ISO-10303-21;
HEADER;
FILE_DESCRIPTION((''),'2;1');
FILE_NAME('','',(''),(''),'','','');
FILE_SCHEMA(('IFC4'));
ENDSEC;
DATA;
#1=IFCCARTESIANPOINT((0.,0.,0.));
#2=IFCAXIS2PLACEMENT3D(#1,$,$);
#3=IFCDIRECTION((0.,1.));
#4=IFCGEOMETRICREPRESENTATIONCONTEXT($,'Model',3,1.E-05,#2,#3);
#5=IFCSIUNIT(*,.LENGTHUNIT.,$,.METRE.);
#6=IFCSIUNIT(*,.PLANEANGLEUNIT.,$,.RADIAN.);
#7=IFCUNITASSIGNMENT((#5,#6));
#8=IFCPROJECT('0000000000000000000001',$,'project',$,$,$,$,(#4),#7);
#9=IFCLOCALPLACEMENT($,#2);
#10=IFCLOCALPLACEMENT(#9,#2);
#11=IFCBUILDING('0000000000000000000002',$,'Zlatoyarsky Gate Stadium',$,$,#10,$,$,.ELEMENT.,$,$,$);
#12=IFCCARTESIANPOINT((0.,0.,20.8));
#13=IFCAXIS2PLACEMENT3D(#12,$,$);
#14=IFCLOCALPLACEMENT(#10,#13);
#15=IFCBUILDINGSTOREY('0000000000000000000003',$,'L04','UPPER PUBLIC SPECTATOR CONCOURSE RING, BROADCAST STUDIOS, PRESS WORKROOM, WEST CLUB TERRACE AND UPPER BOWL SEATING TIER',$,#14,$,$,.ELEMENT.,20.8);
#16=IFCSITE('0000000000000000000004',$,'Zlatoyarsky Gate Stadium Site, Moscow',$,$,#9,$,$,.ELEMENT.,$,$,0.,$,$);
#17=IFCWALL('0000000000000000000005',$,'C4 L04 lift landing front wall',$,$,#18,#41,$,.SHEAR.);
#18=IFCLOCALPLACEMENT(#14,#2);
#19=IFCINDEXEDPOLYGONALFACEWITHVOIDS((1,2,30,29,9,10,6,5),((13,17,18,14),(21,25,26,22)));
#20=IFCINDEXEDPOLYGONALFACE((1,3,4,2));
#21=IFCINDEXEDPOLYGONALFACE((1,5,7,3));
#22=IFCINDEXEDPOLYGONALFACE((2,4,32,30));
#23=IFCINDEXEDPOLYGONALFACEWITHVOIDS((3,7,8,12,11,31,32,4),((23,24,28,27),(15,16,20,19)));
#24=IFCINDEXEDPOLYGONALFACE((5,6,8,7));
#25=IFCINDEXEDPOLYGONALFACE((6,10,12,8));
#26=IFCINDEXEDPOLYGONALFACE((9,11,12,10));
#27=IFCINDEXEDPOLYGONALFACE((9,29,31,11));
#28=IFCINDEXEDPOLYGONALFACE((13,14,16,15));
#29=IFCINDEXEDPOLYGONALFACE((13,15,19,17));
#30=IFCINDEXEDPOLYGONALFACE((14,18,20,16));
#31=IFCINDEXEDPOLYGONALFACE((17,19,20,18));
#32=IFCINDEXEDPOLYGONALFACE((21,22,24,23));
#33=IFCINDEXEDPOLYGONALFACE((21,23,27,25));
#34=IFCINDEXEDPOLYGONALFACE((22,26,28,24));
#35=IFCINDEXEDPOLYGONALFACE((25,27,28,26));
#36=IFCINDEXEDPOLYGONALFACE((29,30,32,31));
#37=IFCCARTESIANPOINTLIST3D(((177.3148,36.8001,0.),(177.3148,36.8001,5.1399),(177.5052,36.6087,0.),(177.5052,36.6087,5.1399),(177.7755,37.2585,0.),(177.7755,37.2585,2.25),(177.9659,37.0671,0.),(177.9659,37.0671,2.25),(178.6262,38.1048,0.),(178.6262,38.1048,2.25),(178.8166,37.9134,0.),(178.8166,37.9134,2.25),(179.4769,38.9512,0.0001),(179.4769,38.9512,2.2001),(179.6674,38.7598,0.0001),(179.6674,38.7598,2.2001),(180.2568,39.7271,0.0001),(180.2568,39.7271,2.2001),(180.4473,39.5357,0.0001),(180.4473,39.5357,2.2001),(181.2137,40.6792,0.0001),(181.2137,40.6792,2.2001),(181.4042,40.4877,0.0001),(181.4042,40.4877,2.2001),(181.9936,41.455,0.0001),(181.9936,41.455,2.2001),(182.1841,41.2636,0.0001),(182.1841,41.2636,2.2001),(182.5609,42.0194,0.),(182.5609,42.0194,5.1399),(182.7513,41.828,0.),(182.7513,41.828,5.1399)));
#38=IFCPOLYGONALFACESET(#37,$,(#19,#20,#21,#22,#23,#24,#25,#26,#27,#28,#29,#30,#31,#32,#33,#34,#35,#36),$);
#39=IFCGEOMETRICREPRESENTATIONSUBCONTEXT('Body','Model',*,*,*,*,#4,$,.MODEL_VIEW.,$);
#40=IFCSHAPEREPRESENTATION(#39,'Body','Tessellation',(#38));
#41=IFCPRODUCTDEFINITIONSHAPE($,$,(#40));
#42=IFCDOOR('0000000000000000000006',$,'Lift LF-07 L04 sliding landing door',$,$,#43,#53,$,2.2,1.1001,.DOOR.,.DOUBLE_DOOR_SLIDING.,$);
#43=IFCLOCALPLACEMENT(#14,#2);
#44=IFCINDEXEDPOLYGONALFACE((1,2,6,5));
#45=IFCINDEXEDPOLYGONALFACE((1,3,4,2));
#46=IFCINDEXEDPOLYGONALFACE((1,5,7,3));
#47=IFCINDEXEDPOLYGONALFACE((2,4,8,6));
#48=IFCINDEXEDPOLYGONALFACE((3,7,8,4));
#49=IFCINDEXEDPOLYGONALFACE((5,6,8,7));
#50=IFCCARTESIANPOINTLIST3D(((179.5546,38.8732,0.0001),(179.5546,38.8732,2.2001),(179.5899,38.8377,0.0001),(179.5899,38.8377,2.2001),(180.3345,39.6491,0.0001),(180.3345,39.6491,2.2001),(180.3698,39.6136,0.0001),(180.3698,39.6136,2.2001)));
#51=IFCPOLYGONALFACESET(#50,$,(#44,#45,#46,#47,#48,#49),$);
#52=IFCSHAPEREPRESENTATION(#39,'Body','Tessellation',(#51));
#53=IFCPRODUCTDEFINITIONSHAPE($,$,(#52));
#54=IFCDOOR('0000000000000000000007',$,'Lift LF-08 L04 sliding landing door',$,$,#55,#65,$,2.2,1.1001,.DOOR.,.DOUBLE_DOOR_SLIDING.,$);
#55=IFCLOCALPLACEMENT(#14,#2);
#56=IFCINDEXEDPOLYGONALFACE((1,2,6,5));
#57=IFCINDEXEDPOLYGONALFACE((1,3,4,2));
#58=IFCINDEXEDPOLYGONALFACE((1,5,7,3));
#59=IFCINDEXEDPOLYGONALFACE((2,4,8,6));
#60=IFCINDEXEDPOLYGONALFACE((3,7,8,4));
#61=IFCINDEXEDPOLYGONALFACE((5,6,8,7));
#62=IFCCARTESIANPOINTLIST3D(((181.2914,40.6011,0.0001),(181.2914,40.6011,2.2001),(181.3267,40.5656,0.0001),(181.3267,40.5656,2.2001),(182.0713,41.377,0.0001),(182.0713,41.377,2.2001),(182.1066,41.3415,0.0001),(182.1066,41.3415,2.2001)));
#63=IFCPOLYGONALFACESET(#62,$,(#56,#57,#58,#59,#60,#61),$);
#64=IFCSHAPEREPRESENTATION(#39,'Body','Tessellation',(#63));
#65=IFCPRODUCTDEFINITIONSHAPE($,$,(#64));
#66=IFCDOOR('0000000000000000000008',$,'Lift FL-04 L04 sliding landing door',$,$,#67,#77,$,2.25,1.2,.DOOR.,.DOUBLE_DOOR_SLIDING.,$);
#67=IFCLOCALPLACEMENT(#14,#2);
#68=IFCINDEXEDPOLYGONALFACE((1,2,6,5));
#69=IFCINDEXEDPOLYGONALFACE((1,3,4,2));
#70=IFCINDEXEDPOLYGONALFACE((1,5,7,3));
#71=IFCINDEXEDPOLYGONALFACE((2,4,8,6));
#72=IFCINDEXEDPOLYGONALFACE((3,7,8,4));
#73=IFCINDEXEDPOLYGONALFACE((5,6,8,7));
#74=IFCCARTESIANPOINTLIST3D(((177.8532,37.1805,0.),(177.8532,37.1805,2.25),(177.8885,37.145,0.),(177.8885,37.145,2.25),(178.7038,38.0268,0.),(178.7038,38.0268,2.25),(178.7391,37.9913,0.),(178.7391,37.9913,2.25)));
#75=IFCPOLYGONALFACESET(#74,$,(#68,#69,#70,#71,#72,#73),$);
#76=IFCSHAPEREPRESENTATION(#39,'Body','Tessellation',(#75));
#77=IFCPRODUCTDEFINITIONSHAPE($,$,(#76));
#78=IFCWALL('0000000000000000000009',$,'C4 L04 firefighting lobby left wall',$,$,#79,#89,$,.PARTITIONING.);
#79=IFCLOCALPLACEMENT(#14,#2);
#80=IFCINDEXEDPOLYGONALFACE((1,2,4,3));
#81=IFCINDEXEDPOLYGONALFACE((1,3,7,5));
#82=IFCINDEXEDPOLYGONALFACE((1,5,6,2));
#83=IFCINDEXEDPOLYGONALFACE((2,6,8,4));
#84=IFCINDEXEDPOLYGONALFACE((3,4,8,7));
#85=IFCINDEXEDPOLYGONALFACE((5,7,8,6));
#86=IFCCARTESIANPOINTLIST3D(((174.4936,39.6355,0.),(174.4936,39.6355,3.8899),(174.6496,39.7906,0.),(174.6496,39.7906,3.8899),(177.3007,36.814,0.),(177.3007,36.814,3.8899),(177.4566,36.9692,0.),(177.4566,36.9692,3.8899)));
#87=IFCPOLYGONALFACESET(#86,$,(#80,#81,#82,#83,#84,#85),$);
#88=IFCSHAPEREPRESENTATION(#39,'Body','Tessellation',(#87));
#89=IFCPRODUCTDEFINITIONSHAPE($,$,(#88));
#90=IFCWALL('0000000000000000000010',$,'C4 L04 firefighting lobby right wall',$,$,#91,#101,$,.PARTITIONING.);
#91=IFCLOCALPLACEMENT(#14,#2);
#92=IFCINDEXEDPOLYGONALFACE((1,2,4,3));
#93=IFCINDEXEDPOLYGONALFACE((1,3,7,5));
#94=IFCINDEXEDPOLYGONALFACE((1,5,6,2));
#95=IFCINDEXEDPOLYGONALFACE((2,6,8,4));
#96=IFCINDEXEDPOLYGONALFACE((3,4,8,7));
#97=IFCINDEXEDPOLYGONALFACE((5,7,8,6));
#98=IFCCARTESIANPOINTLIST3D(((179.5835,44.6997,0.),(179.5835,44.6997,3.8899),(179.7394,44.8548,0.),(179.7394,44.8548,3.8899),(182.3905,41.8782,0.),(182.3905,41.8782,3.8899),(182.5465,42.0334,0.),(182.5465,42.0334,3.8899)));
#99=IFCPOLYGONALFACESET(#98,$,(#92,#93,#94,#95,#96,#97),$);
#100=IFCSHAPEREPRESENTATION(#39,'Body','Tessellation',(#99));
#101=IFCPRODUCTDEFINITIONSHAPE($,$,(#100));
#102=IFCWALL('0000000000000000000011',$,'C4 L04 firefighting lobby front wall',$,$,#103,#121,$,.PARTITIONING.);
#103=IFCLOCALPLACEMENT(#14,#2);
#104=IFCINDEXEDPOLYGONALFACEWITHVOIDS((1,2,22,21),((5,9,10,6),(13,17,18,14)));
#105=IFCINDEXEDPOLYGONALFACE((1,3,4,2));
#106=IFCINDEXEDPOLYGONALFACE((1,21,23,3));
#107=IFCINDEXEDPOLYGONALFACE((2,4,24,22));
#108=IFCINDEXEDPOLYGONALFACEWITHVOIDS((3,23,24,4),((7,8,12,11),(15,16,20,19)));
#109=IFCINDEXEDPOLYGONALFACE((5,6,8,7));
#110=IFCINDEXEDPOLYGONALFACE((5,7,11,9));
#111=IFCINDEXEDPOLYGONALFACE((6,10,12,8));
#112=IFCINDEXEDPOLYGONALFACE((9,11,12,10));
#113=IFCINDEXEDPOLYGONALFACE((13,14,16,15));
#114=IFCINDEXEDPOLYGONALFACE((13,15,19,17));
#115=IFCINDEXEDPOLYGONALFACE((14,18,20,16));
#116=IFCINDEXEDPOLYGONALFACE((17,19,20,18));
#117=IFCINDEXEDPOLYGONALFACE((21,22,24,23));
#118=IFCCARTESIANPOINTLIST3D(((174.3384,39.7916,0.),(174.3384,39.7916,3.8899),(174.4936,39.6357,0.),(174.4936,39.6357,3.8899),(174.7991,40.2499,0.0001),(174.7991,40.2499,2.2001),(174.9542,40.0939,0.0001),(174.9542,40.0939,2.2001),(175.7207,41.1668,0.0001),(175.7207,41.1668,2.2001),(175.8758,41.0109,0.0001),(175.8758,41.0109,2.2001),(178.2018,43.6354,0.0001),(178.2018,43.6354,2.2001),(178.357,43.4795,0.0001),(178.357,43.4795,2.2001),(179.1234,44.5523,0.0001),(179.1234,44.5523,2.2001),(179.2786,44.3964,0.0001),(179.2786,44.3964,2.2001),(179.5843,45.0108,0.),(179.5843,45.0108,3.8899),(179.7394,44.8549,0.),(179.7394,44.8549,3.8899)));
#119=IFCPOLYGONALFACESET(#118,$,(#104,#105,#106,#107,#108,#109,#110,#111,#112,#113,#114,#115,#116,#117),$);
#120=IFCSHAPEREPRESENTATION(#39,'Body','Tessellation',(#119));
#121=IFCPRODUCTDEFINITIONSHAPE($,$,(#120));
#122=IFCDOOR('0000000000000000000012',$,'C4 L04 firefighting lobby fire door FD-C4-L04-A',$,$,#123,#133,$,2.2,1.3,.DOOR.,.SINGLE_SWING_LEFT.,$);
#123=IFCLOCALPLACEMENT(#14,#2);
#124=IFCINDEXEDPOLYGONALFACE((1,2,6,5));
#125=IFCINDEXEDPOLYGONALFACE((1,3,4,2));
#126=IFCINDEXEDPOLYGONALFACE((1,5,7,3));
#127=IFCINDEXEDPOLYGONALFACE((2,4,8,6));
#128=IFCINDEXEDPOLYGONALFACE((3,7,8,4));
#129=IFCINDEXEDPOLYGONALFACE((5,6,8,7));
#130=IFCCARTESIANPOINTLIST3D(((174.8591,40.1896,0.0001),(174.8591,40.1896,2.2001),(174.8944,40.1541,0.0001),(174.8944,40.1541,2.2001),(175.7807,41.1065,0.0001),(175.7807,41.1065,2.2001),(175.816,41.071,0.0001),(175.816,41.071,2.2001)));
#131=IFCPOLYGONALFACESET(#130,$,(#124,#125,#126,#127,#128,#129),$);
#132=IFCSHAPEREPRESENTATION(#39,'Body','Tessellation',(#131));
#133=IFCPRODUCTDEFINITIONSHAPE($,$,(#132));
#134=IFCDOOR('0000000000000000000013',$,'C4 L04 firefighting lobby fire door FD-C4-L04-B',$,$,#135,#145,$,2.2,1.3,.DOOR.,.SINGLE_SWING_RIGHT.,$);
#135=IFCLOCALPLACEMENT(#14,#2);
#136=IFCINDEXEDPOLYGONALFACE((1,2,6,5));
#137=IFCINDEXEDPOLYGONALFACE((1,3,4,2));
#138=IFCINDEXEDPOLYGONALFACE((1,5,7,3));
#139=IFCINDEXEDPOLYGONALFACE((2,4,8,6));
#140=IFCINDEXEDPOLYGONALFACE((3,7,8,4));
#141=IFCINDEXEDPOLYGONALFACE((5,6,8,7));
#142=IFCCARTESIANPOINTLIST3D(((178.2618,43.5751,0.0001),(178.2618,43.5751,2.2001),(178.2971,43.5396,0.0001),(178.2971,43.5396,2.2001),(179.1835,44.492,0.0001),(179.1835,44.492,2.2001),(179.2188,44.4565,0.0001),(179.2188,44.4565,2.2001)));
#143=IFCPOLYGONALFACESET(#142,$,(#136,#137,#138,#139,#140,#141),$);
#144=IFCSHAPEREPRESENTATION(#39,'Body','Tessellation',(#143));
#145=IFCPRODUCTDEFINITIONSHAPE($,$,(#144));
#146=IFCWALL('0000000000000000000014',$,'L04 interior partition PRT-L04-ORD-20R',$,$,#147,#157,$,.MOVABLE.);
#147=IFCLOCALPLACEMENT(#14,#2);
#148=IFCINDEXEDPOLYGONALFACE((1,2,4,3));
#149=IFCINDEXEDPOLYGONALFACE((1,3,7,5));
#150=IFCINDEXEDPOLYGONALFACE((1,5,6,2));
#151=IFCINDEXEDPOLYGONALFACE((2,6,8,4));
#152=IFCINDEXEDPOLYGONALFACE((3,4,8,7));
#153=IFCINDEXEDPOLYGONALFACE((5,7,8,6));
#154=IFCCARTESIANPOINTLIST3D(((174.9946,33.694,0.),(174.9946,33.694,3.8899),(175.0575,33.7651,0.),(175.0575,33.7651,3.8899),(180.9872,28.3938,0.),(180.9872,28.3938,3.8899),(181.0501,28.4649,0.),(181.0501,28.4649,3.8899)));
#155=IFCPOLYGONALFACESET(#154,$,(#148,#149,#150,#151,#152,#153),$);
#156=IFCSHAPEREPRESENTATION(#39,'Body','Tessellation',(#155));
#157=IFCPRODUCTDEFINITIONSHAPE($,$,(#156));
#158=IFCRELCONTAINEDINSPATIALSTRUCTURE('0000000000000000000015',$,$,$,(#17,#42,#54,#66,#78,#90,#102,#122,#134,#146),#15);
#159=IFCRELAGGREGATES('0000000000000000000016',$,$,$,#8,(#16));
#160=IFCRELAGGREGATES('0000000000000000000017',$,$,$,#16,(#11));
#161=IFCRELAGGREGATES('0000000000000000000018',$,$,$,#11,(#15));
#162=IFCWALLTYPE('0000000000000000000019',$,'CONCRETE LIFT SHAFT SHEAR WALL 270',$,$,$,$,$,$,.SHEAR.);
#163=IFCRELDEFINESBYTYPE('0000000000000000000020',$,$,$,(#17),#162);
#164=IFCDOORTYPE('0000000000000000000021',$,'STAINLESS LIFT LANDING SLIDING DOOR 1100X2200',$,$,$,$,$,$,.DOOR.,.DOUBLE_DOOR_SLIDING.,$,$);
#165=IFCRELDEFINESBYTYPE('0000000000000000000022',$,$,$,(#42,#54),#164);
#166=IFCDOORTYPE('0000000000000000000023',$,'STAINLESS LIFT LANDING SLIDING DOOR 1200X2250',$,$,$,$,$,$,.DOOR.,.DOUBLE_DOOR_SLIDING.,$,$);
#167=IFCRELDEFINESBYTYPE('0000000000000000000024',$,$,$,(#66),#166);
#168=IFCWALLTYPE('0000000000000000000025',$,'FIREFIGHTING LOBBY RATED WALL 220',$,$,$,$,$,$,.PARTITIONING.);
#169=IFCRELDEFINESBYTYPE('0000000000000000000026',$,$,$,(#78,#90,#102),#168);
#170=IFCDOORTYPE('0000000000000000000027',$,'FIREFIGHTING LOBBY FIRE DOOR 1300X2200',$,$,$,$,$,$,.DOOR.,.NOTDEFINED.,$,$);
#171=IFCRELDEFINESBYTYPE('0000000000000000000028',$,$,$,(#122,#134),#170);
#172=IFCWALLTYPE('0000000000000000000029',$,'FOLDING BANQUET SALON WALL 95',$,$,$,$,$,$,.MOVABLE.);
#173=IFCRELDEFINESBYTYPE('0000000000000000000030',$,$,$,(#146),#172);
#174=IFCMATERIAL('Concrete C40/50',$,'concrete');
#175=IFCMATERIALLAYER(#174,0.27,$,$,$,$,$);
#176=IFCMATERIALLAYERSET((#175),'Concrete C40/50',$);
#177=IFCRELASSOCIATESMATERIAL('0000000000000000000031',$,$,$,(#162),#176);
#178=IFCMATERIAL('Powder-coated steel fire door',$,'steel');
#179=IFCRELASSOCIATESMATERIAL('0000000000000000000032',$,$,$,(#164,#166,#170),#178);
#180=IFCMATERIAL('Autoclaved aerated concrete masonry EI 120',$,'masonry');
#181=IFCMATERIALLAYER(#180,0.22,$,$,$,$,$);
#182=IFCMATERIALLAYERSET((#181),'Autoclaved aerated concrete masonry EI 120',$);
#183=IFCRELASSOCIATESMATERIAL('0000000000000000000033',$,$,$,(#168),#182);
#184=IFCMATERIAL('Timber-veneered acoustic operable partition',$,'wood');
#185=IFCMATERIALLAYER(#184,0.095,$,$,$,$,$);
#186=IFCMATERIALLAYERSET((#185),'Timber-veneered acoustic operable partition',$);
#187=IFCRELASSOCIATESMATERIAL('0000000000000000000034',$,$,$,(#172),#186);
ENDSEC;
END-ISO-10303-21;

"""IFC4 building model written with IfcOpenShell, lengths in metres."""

from ifc_helpers import new_model, si_unit, direction, frame, frame_2d, origin, place, context, subcontext, project, spatial, rectangle, extrude, material, layer, layer_set, type_object, element, fill, save


model = new_model("IFC4")

# Units and contexts
model_context = context("Model", 3, precision=1e-05, world=origin(), true_north=direction((0.0, 1.0)))
body_context = subcontext(model_context, "Body", "Model", "MODEL_VIEW")
ifc_project = project(units=[si_unit("LENGTHUNIT", "METRE"), si_unit("PLANEANGLEUNIT", "RADIAN")], contexts=[model_context])

# Site, building, storey
site_placement = place(None, origin())
site = spatial("IfcSite", under=ifc_project, at=site_placement, Name="Zlatoyarsky Gate Stadium Site, Moscow", CompositionType="ELEMENT", RefElevation=0.0)
building_placement = place(site_placement, origin())
building = spatial("IfcBuilding", under=site, at=building_placement, Name="Zlatoyarsky Gate Stadium", CompositionType="ELEMENT")
storey_placement = place(building_placement, frame((0.0, 0.0, 20.8)))
storey = spatial("IfcBuildingStorey", under=building, at=storey_placement, Name="L04", Description="UPPER PUBLIC SPECTATOR CONCOURSE RING, BROADCAST STUDIOS, PRESS WORKROOM, WEST CLUB TERRACE AND UPPER BOWL SEATING TIER", CompositionType="ELEMENT", Elevation=20.8)

# Shared definitions
ifc_material_1 = material(Name="Powder-coated steel fire door", Category="steel")

# Shared definitions
ifc_material_2 = material(Name="Concrete C40/50", Category="concrete")
ifc_layer_1 = layer(ifc_material_2, 0.27)
ifc_layer_set_1 = layer_set([ifc_layer_1], Name="Concrete C40/50")
wall_type_1 = type_object("IfcWallType", Name="CONCRETE LIFT SHAFT SHEAR WALL 270", PredefinedType="SHEAR", material=ifc_layer_set_1)

# Wall, openings, doors
wall_1_placement = place(storey_placement, frame((177.4099, 36.7043, 0.0), z_axis=(0.0, 0.0, 1.0), x_axis=(0.708919, 0.70529, 0.0)))
wall_1 = element("IfcWall", 1, at=wall_1_placement, inside=storey, type_object=wall_type_1, Name="C4 L04 lift landing front wall", PredefinedType="SHEAR", context=body_context, shape_type="SweptSolid", body=[
    extrude(rectangle(XDim=7.4001, YDim=0.27, at=frame_2d((3.7002, 0.0))), origin(), (0.0, 0.0, 1.0), 5.1399),
])
opening_1_placement = place(wall_1_placement, frame((0.6499, 0.0, 0.0)))
opening_1 = element("IfcOpeningElement", 2, at=opening_1_placement, cuts=wall_1, PredefinedType="OPENING", context=body_context, shape_type="SweptSolid", body=[
    extrude(rectangle(XDim=1.2, YDim=2.25, at=frame_2d((0.6001, 1.125))), frame((0.0, 0.145, 0.0), z_axis=(0.0, -1.0, 0.0), x_axis=(1.0, 0.0, 0.0)), (0.0, 0.0, 1.0), 0.29),
])
opening_2_placement = place(wall_1_placement, frame((3.05, 0.0, 0.0)))
opening_2 = element("IfcOpeningElement", 3, at=opening_2_placement, cuts=wall_1, PredefinedType="OPENING", context=body_context, shape_type="SweptSolid", body=[
    extrude(rectangle(XDim=1.1001, YDim=2.2, at=frame_2d((0.55, 1.1001))), frame((0.0, 0.145, 0.0), z_axis=(0.0, -1.0, 0.0), x_axis=(1.0, 0.0, 0.0)), (0.0, 0.0, 1.0), 0.29),
])
opening_3_placement = place(wall_1_placement, frame((5.5, 0.0, 0.0)))
opening_3 = element("IfcOpeningElement", 4, at=opening_3_placement, cuts=wall_1, PredefinedType="OPENING", context=body_context, shape_type="SweptSolid", body=[
    extrude(rectangle(XDim=1.1001, YDim=2.2, at=frame_2d((0.55, 1.1001))), frame((0.0, 0.145, 0.0), z_axis=(0.0, -1.0, 0.0), x_axis=(1.0, 0.0, 0.0)), (0.0, 0.0, 1.0), 0.29),
])
door_type_1 = type_object("IfcDoorType", Name="STAINLESS LIFT LANDING SLIDING DOOR 1100X2200", OperationType="DOUBLE_DOOR_SLIDING", PredefinedType="DOOR", material=ifc_material_1)
door_1_placement = place(opening_2_placement, origin())
door_1 = element("IfcDoor", 5, at=door_1_placement, inside=storey, type_object=door_type_1, Name="Lift LF-07 L04 sliding landing door", OperationType="DOUBLE_DOOR_SLIDING", OverallHeight=2.2, OverallWidth=1.1001, PredefinedType="DOOR", context=body_context, shape_type="SweptSolid", body=[
    extrude(rectangle(XDim=1.1001, YDim=2.2, at=frame_2d((0.55, 1.1001))), frame((0.0, 0.0249, 0.0), z_axis=(0.0, -1.0, 0.0), x_axis=(1.0, 0.0, 0.0)), (0.0, 0.0, 1.0), 0.05),
])
fill(opening_2, door_1)
door_2_placement = place(opening_3_placement, origin())
door_2 = element("IfcDoor", 6, at=door_2_placement, inside=storey, type_object=door_type_1, Name="Lift LF-08 L04 sliding landing door", OperationType="DOUBLE_DOOR_SLIDING", OverallHeight=2.2, OverallWidth=1.1001, PredefinedType="DOOR", context=body_context, shape_type="SweptSolid", body=[
    extrude(rectangle(XDim=1.1001, YDim=2.2, at=frame_2d((0.55, 1.1001))), frame((0.0, 0.0249, 0.0), z_axis=(0.0, -1.0, 0.0), x_axis=(1.0, 0.0, 0.0)), (0.0, 0.0, 1.0), 0.05),
])
fill(opening_3, door_2)
door_type_2 = type_object("IfcDoorType", Name="STAINLESS LIFT LANDING SLIDING DOOR 1200X2250", OperationType="DOUBLE_DOOR_SLIDING", PredefinedType="DOOR", material=ifc_material_1)
door_3_placement = place(opening_1_placement, origin())
door_3 = element("IfcDoor", 7, at=door_3_placement, inside=storey, type_object=door_type_2, Name="Lift FL-04 L04 sliding landing door", OperationType="DOUBLE_DOOR_SLIDING", OverallHeight=2.25, OverallWidth=1.2, PredefinedType="DOOR", context=body_context, shape_type="SweptSolid", body=[
    extrude(rectangle(XDim=1.2, YDim=2.25, at=frame_2d((0.6001, 1.125))), frame((0.0, 0.0249, 0.0), z_axis=(0.0, -1.0, 0.0), x_axis=(1.0, 0.0, 0.0)), (0.0, 0.0, 1.0), 0.05),
])
fill(opening_1, door_3)

# Walls
ifc_material_3 = material(Name="Autoclaved aerated concrete masonry EI 120", Category="masonry")
ifc_layer_2 = layer(ifc_material_3, 0.22)
ifc_layer_set_2 = layer_set([ifc_layer_2], Name="Autoclaved aerated concrete masonry EI 120")
wall_type_2 = type_object("IfcWallType", Name="FIREFIGHTING LOBBY RATED WALL 220", PredefinedType="PARTITIONING", material=ifc_layer_set_2)
for number, where, z_axis, x_axis, name in (
    (8, (177.3787, 36.8916, 0.0), (0.0, 0.0, 1.0), (-0.705295, 0.708914, 0.0), "C4 L04 firefighting lobby left wall"),
    (9, (182.4685, 41.9558, 0.0), (0.0, 0.0, 1.0), (-0.705295, 0.708914, 0.0), "C4 L04 firefighting lobby right wall"),
):
    element("IfcWall", number, at=place(storey_placement, frame(where, z_axis=z_axis, x_axis=x_axis)), inside=storey, type_object=wall_type_2, Name=name, PredefinedType="PARTITIONING", context=body_context, shape_type="SweptSolid", body=[
        extrude(rectangle(XDim=3.98, YDim=0.22, at=frame_2d((1.99, 0.0))), origin(), (0.0, 0.0, 1.0), 3.8899),
    ])

# Wall, openings, doors
wall_2_placement = place(storey_placement, frame((174.416, 39.7136, 0.0), z_axis=(0.0, 0.0, 1.0), x_axis=(0.708903, 0.705306, 0.0)))
wall_2 = element("IfcWall", 10, at=wall_2_placement, inside=storey, type_object=wall_type_2, Name="C4 L04 firefighting lobby front wall", PredefinedType="PARTITIONING", context=body_context, shape_type="SweptSolid", body=[
    extrude(rectangle(XDim=7.3999, YDim=0.22, at=frame_2d((3.7, 0.0))), origin(), (0.0, 0.0, 1.0), 3.8899),
])
opening_4_placement = place(wall_2_placement, frame((0.6499, 0.0, 0.0)))
opening_4 = element("IfcOpeningElement", 11, at=opening_4_placement, cuts=wall_2, PredefinedType="OPENING", context=body_context, shape_type="SweptSolid", body=[
    extrude(rectangle(XDim=1.3, YDim=2.2, at=frame_2d((0.6499, 1.1001))), frame((0.0, 0.1199, 0.0), z_axis=(0.0, -1.0, 0.0), x_axis=(1.0, 0.0, 0.0)), (0.0, 0.0, 1.0), 0.24),
])
opening_5_placement = place(wall_2_placement, frame((5.45, 0.0, 0.0)))
opening_5 = element("IfcOpeningElement", 12, at=opening_5_placement, cuts=wall_2, PredefinedType="OPENING", context=body_context, shape_type="SweptSolid", body=[
    extrude(rectangle(XDim=1.3, YDim=2.2, at=frame_2d((0.6499, 1.1001))), frame((0.0, 0.1199, 0.0), z_axis=(0.0, -1.0, 0.0), x_axis=(1.0, 0.0, 0.0)), (0.0, 0.0, 1.0), 0.24),
])
door_type_3 = type_object("IfcDoorType", Name="FIREFIGHTING LOBBY FIRE DOOR 1300X2200", OperationType="NOTDEFINED", PredefinedType="DOOR", material=ifc_material_1)
door_4_placement = place(opening_4_placement, origin())
door_4 = element("IfcDoor", 13, at=door_4_placement, inside=storey, type_object=door_type_3, Name="C4 L04 firefighting lobby fire door FD-C4-L04-A", OperationType="SINGLE_SWING_LEFT", OverallHeight=2.2, OverallWidth=1.3, PredefinedType="DOOR", context=body_context, shape_type="SweptSolid", body=[
    extrude(rectangle(XDim=1.3, YDim=2.2, at=frame_2d((0.6499, 1.1001))), frame((0.0, 0.0249, 0.0), z_axis=(0.0, -1.0, 0.0), x_axis=(1.0, 0.0, 0.0)), (0.0, 0.0, 1.0), 0.05),
])
fill(opening_4, door_4)
door_5_placement = place(opening_5_placement, origin())
door_5 = element("IfcDoor", 14, at=door_5_placement, inside=storey, type_object=door_type_3, Name="C4 L04 firefighting lobby fire door FD-C4-L04-B", OperationType="SINGLE_SWING_RIGHT", OverallHeight=2.2, OverallWidth=1.3, PredefinedType="DOOR", context=body_context, shape_type="SweptSolid", body=[
    extrude(rectangle(XDim=1.3, YDim=2.2, at=frame_2d((0.6499, 1.1001))), frame((0.0, 0.0249, 0.0), z_axis=(0.0, -1.0, 0.0), x_axis=(1.0, 0.0, 0.0)), (0.0, 0.0, 1.0), 0.05),
])
fill(opening_5, door_5)

# Wall
ifc_material_4 = material(Name="Timber-veneered acoustic operable partition", Category="wood")
ifc_layer_3 = layer(ifc_material_4, 0.095)
ifc_layer_set_3 = layer_set([ifc_layer_3], Name="Timber-veneered acoustic operable partition")
wall_type_3 = type_object("IfcWallType", Name="FOLDING BANQUET SALON WALL 95", PredefinedType="MOVABLE", material=ifc_layer_set_3)
wall_3_placement = place(storey_placement, frame((175.0261, 33.7295, 0.0), z_axis=(0.0, 0.0, 1.0), x_axis=(0.749054, -0.662509, 0.0)))
element("IfcWall", 15, at=wall_3_placement, inside=storey, type_object=wall_type_3, Name="L04 interior partition PRT-L04-ORD-20R", PredefinedType="MOVABLE", context=body_context, shape_type="SweptSolid", body=[
    extrude(rectangle(XDim=8.0002, YDim=0.095, at=frame_2d((4.0, 0.0))), origin(), (0.0, 0.0, 1.0), 3.8899),
])

save(model, "model.ifc")
